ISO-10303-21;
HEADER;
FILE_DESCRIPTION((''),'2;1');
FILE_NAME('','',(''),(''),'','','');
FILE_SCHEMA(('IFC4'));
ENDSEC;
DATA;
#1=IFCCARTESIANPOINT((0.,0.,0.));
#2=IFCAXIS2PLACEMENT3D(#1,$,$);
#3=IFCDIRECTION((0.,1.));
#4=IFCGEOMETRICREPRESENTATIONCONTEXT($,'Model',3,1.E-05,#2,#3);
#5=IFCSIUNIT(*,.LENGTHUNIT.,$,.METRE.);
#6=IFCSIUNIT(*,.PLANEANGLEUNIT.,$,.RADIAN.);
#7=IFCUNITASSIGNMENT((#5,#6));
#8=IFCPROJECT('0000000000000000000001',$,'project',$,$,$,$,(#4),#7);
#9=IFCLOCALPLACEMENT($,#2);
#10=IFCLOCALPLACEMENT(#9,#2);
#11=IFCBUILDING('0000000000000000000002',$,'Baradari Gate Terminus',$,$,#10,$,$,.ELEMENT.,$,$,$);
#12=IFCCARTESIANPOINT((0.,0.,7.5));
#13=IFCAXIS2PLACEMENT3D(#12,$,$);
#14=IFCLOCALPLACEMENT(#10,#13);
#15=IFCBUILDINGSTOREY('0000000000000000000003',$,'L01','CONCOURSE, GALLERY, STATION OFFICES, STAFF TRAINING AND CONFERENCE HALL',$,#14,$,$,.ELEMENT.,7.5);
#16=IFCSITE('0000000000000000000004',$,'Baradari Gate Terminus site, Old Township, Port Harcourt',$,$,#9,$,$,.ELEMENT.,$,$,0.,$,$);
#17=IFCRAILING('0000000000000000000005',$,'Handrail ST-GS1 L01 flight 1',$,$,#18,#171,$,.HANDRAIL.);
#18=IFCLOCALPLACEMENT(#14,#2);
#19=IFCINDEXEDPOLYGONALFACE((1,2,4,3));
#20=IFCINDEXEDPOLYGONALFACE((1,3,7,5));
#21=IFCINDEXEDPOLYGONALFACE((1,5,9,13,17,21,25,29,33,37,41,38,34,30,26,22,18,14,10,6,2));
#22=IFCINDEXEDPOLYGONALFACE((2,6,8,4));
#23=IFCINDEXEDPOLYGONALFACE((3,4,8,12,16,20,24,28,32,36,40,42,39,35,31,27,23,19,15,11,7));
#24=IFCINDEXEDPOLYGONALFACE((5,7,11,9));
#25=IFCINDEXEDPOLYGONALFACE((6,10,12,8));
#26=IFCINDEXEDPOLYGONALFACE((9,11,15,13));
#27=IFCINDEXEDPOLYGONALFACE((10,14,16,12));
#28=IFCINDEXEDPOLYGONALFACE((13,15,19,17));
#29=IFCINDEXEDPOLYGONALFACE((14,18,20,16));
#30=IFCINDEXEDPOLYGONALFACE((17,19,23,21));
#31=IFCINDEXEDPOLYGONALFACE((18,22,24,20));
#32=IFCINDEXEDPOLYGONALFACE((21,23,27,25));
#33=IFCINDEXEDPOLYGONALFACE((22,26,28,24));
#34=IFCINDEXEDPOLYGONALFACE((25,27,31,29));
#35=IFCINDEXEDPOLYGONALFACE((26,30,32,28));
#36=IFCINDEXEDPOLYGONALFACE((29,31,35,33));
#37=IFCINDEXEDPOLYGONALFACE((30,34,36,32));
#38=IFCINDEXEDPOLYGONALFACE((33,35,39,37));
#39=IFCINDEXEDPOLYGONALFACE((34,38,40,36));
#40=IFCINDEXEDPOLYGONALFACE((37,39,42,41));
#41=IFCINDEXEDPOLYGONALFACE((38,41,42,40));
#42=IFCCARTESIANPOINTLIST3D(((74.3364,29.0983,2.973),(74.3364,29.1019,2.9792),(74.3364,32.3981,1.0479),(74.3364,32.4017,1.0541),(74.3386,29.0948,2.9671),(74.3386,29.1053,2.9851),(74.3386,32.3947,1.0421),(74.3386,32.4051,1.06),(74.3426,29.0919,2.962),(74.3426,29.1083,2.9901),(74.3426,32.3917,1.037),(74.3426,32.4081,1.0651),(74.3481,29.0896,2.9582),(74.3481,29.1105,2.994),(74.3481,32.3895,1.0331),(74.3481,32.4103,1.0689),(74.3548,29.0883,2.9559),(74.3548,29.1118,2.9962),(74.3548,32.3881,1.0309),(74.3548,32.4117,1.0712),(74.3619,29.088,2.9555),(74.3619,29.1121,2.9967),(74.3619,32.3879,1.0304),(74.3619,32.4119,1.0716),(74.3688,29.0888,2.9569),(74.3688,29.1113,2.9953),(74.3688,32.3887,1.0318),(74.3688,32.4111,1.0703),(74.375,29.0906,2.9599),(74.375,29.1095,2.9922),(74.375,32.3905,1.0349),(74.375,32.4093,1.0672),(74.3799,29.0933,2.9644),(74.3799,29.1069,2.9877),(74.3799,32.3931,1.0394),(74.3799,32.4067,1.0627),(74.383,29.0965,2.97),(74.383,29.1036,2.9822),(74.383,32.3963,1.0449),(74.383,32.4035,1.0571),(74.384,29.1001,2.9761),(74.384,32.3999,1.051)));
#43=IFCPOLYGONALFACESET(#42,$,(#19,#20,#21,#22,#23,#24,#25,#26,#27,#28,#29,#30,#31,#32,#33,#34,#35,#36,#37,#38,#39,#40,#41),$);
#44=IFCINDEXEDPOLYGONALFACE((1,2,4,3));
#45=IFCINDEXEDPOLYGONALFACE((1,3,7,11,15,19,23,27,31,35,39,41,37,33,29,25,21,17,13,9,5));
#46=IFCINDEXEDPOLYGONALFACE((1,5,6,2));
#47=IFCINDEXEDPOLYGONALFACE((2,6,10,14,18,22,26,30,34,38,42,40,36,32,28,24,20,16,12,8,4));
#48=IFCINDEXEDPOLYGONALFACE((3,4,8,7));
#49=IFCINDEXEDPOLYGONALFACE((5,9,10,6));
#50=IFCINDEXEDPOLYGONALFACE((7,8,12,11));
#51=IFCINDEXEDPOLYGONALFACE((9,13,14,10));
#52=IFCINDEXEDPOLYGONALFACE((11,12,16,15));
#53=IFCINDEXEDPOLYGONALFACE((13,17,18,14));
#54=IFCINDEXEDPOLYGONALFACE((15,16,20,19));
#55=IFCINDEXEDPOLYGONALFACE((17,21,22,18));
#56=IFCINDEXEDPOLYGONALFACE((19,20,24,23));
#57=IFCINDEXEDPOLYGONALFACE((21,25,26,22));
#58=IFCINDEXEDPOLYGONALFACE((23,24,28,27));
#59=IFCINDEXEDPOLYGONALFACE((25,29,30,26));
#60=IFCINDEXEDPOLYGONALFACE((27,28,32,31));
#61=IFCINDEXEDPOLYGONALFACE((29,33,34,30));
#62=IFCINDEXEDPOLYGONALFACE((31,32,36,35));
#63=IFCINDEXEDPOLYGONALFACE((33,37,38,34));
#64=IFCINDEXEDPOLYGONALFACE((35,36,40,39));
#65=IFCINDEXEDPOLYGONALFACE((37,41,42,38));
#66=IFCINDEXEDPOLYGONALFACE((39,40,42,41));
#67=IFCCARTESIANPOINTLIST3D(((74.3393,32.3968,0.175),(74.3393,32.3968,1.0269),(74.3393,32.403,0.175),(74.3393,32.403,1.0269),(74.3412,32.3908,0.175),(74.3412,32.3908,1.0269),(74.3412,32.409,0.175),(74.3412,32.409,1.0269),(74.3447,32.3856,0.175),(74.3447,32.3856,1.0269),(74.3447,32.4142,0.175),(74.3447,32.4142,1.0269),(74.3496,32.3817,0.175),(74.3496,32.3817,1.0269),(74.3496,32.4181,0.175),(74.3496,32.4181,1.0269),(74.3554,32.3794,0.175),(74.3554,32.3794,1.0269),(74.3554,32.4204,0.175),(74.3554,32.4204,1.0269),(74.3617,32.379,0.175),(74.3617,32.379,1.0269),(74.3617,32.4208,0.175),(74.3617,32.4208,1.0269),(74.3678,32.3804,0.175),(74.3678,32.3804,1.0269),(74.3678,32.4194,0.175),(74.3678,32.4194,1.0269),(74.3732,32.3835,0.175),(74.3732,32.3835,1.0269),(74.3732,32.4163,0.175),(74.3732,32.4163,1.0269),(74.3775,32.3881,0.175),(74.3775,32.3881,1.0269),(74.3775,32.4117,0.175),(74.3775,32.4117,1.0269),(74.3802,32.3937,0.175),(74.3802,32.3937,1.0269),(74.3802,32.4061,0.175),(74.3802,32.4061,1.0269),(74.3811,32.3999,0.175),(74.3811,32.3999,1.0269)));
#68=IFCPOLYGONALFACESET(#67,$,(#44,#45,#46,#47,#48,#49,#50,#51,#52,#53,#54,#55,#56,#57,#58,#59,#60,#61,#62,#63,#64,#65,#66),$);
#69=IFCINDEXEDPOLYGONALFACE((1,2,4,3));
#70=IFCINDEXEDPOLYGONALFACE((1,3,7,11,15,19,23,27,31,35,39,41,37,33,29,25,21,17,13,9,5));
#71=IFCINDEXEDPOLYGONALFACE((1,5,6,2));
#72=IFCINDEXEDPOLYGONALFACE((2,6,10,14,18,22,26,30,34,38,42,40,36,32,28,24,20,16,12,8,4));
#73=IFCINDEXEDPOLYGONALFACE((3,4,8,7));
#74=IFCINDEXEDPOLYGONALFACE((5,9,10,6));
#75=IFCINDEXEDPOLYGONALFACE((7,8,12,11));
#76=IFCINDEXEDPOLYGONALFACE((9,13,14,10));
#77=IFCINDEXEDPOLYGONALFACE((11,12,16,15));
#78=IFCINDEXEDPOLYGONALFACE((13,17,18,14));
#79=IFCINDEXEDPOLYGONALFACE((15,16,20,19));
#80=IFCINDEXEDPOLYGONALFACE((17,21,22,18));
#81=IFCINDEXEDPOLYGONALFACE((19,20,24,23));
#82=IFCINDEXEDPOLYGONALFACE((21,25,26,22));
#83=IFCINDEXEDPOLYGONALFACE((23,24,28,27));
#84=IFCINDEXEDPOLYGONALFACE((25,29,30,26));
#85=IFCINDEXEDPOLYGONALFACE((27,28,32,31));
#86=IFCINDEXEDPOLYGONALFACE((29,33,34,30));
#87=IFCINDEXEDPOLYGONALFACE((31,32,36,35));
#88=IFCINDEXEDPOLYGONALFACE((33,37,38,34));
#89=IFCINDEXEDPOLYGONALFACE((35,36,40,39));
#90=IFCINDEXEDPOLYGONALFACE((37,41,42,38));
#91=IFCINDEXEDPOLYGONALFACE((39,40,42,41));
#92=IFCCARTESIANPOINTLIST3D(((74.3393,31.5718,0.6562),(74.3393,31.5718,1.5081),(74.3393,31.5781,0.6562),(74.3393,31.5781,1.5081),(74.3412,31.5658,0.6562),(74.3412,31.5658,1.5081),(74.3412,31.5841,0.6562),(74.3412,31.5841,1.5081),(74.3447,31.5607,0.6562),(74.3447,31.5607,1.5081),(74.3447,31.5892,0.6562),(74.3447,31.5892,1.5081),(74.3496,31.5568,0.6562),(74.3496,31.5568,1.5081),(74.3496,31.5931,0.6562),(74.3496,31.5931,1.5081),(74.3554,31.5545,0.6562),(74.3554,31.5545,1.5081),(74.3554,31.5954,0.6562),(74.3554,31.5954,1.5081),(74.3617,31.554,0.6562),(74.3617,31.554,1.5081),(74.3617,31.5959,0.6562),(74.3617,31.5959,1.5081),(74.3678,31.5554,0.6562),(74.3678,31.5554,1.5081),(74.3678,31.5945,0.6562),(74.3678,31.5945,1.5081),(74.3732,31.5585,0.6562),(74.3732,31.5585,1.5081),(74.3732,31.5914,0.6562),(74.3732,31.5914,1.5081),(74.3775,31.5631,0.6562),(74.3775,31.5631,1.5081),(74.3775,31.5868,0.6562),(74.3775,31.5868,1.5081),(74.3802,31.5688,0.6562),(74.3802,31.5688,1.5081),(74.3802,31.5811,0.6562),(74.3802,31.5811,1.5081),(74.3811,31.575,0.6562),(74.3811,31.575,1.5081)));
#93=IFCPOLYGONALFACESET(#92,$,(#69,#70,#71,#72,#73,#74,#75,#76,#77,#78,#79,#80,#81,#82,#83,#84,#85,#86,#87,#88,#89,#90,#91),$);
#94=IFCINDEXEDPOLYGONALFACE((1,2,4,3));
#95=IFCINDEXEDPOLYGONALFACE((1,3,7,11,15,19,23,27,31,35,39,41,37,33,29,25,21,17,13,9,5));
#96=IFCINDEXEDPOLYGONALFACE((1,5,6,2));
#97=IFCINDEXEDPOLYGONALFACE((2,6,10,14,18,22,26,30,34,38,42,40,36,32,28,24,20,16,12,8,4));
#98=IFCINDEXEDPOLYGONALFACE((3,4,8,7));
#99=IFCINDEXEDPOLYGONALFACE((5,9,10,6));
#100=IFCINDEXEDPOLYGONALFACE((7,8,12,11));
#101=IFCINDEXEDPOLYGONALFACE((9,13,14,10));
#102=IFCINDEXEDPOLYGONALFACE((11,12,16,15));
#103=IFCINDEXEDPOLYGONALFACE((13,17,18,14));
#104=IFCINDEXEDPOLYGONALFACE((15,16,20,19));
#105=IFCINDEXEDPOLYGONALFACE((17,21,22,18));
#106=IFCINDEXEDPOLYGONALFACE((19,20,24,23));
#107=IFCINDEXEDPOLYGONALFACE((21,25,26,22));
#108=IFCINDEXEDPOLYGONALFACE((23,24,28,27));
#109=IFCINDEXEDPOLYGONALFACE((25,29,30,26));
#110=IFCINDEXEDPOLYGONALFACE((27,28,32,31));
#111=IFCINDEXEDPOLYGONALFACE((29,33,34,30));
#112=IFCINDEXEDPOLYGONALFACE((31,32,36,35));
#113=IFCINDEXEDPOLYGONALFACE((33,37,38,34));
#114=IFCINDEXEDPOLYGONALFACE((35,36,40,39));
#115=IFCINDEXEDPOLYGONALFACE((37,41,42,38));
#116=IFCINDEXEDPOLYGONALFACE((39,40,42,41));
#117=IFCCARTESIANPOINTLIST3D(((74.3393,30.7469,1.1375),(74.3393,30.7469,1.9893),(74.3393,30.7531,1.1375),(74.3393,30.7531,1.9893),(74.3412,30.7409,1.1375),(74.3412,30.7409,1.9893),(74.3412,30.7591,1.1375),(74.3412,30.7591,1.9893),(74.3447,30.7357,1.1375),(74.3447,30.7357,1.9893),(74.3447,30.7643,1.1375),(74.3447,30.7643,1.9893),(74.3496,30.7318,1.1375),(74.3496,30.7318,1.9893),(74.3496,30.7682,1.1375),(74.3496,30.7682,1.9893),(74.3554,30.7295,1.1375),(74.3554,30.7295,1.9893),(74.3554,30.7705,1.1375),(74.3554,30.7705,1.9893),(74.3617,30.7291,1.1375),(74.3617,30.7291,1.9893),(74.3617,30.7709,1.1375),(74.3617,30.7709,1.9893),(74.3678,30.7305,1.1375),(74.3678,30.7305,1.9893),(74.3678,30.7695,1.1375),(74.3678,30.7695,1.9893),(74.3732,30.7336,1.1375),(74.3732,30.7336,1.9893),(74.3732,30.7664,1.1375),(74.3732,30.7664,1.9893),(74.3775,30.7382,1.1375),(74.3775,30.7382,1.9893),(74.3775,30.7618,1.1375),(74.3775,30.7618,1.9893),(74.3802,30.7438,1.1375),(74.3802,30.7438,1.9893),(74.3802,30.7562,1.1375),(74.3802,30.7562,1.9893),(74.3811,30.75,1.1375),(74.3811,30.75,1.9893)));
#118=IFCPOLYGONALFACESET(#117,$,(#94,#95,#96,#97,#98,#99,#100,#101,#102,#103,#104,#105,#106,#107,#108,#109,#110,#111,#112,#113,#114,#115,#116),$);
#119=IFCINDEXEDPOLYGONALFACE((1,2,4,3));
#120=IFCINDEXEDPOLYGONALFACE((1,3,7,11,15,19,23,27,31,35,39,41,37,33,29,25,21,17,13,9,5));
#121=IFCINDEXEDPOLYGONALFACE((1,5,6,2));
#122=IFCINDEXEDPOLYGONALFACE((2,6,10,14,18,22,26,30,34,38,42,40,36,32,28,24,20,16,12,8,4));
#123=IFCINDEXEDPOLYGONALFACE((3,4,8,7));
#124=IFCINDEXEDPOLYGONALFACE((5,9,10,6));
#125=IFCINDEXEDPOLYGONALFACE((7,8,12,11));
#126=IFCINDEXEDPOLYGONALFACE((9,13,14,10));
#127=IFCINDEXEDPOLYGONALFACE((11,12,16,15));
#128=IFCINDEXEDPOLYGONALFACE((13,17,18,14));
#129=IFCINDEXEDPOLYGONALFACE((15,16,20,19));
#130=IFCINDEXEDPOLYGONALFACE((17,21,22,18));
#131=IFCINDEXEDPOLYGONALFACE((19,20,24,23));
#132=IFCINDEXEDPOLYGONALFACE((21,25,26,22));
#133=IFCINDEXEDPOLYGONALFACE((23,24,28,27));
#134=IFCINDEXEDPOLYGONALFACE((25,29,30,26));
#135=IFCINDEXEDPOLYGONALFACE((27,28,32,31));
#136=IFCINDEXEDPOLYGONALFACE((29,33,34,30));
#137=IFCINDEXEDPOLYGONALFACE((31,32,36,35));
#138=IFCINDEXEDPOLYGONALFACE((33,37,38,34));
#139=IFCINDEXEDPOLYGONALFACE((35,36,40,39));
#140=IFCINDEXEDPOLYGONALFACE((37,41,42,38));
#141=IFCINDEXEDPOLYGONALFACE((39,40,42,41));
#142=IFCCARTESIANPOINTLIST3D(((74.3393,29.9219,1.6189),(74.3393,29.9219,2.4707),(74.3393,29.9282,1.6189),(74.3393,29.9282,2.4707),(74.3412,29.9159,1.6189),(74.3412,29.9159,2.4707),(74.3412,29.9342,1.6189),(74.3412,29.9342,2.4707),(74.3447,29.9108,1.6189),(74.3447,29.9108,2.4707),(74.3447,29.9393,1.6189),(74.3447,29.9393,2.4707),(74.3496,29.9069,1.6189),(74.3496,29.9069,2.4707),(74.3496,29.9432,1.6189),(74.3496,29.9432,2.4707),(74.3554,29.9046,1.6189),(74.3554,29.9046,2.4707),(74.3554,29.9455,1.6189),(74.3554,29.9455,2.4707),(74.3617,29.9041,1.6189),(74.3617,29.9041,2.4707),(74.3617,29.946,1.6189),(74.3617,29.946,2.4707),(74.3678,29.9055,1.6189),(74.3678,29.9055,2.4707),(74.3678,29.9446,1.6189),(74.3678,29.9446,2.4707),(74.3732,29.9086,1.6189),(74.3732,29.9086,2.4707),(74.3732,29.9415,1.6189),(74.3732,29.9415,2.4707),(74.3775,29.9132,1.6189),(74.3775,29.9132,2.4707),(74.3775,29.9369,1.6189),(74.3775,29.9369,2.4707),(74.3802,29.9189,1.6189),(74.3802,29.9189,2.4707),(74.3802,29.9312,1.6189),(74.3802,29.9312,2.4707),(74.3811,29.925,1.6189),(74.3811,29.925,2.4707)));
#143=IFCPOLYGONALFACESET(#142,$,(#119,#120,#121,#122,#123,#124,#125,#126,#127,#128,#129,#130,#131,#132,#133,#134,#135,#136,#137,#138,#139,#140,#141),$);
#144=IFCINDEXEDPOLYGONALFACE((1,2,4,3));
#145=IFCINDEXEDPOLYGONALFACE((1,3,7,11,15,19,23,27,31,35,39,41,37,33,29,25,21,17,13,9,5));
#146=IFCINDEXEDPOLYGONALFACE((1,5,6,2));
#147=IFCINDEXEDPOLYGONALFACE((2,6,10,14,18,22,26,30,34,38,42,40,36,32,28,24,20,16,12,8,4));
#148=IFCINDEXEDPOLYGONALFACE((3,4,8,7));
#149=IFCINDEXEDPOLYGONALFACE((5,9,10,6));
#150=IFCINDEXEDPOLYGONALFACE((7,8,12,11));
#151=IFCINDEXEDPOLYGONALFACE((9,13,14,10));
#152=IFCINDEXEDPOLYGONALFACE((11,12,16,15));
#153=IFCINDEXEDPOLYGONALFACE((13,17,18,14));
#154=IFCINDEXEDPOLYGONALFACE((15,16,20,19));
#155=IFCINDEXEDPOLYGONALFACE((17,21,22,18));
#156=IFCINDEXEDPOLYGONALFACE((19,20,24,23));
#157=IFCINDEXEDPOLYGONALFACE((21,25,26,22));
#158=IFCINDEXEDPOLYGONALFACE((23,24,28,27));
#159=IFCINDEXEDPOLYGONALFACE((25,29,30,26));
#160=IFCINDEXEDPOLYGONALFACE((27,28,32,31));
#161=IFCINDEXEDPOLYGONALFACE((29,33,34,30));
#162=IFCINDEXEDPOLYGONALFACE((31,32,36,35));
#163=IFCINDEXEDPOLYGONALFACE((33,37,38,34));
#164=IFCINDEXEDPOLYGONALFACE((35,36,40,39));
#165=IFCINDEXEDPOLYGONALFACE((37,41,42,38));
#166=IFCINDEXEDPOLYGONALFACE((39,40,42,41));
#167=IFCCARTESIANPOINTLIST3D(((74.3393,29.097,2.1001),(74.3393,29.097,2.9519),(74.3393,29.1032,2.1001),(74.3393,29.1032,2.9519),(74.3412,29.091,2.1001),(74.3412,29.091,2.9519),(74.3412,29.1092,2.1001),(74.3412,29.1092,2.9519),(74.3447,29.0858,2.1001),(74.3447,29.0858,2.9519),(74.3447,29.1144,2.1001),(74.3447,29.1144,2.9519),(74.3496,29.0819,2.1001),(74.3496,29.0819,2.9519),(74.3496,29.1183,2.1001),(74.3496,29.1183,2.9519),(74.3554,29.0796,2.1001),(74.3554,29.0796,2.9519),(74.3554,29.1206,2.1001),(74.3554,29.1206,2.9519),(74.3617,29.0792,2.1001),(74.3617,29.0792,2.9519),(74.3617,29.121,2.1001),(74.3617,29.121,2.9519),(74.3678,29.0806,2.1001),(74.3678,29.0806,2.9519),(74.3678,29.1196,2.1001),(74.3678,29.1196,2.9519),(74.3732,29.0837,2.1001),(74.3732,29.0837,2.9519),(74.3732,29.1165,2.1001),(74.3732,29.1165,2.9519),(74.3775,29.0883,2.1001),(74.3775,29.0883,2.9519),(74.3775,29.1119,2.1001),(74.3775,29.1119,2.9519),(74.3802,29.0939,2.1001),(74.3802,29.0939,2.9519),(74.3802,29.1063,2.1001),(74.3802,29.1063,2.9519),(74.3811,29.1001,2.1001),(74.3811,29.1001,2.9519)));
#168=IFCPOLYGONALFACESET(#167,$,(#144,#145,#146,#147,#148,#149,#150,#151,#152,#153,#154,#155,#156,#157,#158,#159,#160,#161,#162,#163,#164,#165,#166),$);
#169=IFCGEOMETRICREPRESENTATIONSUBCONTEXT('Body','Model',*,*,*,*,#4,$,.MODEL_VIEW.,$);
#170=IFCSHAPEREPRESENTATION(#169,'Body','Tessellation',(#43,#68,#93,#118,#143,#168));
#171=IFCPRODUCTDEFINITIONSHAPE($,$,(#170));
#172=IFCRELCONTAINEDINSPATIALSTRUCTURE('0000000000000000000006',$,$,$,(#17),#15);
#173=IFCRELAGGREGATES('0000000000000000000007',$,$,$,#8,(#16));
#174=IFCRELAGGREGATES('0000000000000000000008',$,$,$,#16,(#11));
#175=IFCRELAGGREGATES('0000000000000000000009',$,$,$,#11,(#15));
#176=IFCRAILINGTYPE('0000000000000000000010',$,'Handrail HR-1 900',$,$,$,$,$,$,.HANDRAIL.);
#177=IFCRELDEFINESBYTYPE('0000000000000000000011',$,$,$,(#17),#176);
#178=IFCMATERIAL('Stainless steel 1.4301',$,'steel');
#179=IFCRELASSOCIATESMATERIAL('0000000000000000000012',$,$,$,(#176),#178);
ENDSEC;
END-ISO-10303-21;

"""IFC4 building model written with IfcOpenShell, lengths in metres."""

from ifc_helpers import new_model, si_unit, direction, frame, origin, origin_2d, place, context, subcontext, project, spatial, circle, extrude, material, type_object, element, save


model = new_model("IFC4")

# Units and contexts
model_context = context("Model", 3, precision=1e-05, world=origin(), true_north=direction((0.0, 1.0)))
body_context = subcontext(model_context, "Body", "Model", "MODEL_VIEW")
ifc_project = project(units=[si_unit("LENGTHUNIT", "METRE"), si_unit("PLANEANGLEUNIT", "RADIAN")], contexts=[model_context])

# Site, building, storey
site_placement = place(None, origin())
site = spatial("IfcSite", under=ifc_project, at=site_placement, Name="Baradari Gate Terminus site, Old Township, Port Harcourt", CompositionType="ELEMENT", RefElevation=0.0)
building_placement = place(site_placement, origin())
building = spatial("IfcBuilding", under=site, at=building_placement, Name="Baradari Gate Terminus", CompositionType="ELEMENT")
storey_placement = place(building_placement, frame((0.0, 0.0, 7.5)))
storey = spatial("IfcBuildingStorey", under=building, at=storey_placement, Name="L01", Description="CONCOURSE, GALLERY, STATION OFFICES, STAFF TRAINING AND CONFERENCE HALL", CompositionType="ELEMENT", Elevation=7.5)

# Railing
ifc_material_1 = material(Name="Stainless steel 1.4301", Category="steel")
railing_type = type_object("IfcRailingType", Name="Handrail HR-1 900", PredefinedType="HANDRAIL", material=ifc_material_1)
for number, where, name in (
    (1, (74.3601, 32.3999, 0.175), "Handrail ST-GS1 L01 flight 1"),
):
    element("IfcRailing", number, at=place(storey_placement, frame(where)), inside=storey, type_object=railing_type, Name=name, PredefinedType="HANDRAIL", context=body_context, shape_type="SweptSolid", body=[
        extrude(circle(Radius=0.0239, at=origin_2d()), frame((0.0, 0.0, 0.876), z_axis=(0.0, -0.86376, 0.503903), x_axis=(1.0, 0.0, 0.0)), (0.0, 0.0, 1.0), 3.8203),
        extrude(circle(Radius=0.021, at=origin_2d()), origin(), (0.0, 0.0, 1.0), 0.8518),
        extrude(circle(Radius=0.021, at=origin_2d()), frame((0.0, -0.825, 0.4812)), (0.0, 0.0, 1.0), 0.8518),
        extrude(circle(Radius=0.021, at=origin_2d()), frame((0.0, -1.6499, 0.9624)), (0.0, 0.0, 1.0), 0.8518),
        extrude(circle(Radius=0.021, at=origin_2d()), frame((0.0, -2.4749, 1.4438)), (0.0, 0.0, 1.0), 0.8518),
        extrude(circle(Radius=0.021, at=origin_2d()), frame((0.0, -3.2998, 1.925)), (0.0, 0.0, 1.0), 0.8518),
    ])

save(model, "model.ifc")
